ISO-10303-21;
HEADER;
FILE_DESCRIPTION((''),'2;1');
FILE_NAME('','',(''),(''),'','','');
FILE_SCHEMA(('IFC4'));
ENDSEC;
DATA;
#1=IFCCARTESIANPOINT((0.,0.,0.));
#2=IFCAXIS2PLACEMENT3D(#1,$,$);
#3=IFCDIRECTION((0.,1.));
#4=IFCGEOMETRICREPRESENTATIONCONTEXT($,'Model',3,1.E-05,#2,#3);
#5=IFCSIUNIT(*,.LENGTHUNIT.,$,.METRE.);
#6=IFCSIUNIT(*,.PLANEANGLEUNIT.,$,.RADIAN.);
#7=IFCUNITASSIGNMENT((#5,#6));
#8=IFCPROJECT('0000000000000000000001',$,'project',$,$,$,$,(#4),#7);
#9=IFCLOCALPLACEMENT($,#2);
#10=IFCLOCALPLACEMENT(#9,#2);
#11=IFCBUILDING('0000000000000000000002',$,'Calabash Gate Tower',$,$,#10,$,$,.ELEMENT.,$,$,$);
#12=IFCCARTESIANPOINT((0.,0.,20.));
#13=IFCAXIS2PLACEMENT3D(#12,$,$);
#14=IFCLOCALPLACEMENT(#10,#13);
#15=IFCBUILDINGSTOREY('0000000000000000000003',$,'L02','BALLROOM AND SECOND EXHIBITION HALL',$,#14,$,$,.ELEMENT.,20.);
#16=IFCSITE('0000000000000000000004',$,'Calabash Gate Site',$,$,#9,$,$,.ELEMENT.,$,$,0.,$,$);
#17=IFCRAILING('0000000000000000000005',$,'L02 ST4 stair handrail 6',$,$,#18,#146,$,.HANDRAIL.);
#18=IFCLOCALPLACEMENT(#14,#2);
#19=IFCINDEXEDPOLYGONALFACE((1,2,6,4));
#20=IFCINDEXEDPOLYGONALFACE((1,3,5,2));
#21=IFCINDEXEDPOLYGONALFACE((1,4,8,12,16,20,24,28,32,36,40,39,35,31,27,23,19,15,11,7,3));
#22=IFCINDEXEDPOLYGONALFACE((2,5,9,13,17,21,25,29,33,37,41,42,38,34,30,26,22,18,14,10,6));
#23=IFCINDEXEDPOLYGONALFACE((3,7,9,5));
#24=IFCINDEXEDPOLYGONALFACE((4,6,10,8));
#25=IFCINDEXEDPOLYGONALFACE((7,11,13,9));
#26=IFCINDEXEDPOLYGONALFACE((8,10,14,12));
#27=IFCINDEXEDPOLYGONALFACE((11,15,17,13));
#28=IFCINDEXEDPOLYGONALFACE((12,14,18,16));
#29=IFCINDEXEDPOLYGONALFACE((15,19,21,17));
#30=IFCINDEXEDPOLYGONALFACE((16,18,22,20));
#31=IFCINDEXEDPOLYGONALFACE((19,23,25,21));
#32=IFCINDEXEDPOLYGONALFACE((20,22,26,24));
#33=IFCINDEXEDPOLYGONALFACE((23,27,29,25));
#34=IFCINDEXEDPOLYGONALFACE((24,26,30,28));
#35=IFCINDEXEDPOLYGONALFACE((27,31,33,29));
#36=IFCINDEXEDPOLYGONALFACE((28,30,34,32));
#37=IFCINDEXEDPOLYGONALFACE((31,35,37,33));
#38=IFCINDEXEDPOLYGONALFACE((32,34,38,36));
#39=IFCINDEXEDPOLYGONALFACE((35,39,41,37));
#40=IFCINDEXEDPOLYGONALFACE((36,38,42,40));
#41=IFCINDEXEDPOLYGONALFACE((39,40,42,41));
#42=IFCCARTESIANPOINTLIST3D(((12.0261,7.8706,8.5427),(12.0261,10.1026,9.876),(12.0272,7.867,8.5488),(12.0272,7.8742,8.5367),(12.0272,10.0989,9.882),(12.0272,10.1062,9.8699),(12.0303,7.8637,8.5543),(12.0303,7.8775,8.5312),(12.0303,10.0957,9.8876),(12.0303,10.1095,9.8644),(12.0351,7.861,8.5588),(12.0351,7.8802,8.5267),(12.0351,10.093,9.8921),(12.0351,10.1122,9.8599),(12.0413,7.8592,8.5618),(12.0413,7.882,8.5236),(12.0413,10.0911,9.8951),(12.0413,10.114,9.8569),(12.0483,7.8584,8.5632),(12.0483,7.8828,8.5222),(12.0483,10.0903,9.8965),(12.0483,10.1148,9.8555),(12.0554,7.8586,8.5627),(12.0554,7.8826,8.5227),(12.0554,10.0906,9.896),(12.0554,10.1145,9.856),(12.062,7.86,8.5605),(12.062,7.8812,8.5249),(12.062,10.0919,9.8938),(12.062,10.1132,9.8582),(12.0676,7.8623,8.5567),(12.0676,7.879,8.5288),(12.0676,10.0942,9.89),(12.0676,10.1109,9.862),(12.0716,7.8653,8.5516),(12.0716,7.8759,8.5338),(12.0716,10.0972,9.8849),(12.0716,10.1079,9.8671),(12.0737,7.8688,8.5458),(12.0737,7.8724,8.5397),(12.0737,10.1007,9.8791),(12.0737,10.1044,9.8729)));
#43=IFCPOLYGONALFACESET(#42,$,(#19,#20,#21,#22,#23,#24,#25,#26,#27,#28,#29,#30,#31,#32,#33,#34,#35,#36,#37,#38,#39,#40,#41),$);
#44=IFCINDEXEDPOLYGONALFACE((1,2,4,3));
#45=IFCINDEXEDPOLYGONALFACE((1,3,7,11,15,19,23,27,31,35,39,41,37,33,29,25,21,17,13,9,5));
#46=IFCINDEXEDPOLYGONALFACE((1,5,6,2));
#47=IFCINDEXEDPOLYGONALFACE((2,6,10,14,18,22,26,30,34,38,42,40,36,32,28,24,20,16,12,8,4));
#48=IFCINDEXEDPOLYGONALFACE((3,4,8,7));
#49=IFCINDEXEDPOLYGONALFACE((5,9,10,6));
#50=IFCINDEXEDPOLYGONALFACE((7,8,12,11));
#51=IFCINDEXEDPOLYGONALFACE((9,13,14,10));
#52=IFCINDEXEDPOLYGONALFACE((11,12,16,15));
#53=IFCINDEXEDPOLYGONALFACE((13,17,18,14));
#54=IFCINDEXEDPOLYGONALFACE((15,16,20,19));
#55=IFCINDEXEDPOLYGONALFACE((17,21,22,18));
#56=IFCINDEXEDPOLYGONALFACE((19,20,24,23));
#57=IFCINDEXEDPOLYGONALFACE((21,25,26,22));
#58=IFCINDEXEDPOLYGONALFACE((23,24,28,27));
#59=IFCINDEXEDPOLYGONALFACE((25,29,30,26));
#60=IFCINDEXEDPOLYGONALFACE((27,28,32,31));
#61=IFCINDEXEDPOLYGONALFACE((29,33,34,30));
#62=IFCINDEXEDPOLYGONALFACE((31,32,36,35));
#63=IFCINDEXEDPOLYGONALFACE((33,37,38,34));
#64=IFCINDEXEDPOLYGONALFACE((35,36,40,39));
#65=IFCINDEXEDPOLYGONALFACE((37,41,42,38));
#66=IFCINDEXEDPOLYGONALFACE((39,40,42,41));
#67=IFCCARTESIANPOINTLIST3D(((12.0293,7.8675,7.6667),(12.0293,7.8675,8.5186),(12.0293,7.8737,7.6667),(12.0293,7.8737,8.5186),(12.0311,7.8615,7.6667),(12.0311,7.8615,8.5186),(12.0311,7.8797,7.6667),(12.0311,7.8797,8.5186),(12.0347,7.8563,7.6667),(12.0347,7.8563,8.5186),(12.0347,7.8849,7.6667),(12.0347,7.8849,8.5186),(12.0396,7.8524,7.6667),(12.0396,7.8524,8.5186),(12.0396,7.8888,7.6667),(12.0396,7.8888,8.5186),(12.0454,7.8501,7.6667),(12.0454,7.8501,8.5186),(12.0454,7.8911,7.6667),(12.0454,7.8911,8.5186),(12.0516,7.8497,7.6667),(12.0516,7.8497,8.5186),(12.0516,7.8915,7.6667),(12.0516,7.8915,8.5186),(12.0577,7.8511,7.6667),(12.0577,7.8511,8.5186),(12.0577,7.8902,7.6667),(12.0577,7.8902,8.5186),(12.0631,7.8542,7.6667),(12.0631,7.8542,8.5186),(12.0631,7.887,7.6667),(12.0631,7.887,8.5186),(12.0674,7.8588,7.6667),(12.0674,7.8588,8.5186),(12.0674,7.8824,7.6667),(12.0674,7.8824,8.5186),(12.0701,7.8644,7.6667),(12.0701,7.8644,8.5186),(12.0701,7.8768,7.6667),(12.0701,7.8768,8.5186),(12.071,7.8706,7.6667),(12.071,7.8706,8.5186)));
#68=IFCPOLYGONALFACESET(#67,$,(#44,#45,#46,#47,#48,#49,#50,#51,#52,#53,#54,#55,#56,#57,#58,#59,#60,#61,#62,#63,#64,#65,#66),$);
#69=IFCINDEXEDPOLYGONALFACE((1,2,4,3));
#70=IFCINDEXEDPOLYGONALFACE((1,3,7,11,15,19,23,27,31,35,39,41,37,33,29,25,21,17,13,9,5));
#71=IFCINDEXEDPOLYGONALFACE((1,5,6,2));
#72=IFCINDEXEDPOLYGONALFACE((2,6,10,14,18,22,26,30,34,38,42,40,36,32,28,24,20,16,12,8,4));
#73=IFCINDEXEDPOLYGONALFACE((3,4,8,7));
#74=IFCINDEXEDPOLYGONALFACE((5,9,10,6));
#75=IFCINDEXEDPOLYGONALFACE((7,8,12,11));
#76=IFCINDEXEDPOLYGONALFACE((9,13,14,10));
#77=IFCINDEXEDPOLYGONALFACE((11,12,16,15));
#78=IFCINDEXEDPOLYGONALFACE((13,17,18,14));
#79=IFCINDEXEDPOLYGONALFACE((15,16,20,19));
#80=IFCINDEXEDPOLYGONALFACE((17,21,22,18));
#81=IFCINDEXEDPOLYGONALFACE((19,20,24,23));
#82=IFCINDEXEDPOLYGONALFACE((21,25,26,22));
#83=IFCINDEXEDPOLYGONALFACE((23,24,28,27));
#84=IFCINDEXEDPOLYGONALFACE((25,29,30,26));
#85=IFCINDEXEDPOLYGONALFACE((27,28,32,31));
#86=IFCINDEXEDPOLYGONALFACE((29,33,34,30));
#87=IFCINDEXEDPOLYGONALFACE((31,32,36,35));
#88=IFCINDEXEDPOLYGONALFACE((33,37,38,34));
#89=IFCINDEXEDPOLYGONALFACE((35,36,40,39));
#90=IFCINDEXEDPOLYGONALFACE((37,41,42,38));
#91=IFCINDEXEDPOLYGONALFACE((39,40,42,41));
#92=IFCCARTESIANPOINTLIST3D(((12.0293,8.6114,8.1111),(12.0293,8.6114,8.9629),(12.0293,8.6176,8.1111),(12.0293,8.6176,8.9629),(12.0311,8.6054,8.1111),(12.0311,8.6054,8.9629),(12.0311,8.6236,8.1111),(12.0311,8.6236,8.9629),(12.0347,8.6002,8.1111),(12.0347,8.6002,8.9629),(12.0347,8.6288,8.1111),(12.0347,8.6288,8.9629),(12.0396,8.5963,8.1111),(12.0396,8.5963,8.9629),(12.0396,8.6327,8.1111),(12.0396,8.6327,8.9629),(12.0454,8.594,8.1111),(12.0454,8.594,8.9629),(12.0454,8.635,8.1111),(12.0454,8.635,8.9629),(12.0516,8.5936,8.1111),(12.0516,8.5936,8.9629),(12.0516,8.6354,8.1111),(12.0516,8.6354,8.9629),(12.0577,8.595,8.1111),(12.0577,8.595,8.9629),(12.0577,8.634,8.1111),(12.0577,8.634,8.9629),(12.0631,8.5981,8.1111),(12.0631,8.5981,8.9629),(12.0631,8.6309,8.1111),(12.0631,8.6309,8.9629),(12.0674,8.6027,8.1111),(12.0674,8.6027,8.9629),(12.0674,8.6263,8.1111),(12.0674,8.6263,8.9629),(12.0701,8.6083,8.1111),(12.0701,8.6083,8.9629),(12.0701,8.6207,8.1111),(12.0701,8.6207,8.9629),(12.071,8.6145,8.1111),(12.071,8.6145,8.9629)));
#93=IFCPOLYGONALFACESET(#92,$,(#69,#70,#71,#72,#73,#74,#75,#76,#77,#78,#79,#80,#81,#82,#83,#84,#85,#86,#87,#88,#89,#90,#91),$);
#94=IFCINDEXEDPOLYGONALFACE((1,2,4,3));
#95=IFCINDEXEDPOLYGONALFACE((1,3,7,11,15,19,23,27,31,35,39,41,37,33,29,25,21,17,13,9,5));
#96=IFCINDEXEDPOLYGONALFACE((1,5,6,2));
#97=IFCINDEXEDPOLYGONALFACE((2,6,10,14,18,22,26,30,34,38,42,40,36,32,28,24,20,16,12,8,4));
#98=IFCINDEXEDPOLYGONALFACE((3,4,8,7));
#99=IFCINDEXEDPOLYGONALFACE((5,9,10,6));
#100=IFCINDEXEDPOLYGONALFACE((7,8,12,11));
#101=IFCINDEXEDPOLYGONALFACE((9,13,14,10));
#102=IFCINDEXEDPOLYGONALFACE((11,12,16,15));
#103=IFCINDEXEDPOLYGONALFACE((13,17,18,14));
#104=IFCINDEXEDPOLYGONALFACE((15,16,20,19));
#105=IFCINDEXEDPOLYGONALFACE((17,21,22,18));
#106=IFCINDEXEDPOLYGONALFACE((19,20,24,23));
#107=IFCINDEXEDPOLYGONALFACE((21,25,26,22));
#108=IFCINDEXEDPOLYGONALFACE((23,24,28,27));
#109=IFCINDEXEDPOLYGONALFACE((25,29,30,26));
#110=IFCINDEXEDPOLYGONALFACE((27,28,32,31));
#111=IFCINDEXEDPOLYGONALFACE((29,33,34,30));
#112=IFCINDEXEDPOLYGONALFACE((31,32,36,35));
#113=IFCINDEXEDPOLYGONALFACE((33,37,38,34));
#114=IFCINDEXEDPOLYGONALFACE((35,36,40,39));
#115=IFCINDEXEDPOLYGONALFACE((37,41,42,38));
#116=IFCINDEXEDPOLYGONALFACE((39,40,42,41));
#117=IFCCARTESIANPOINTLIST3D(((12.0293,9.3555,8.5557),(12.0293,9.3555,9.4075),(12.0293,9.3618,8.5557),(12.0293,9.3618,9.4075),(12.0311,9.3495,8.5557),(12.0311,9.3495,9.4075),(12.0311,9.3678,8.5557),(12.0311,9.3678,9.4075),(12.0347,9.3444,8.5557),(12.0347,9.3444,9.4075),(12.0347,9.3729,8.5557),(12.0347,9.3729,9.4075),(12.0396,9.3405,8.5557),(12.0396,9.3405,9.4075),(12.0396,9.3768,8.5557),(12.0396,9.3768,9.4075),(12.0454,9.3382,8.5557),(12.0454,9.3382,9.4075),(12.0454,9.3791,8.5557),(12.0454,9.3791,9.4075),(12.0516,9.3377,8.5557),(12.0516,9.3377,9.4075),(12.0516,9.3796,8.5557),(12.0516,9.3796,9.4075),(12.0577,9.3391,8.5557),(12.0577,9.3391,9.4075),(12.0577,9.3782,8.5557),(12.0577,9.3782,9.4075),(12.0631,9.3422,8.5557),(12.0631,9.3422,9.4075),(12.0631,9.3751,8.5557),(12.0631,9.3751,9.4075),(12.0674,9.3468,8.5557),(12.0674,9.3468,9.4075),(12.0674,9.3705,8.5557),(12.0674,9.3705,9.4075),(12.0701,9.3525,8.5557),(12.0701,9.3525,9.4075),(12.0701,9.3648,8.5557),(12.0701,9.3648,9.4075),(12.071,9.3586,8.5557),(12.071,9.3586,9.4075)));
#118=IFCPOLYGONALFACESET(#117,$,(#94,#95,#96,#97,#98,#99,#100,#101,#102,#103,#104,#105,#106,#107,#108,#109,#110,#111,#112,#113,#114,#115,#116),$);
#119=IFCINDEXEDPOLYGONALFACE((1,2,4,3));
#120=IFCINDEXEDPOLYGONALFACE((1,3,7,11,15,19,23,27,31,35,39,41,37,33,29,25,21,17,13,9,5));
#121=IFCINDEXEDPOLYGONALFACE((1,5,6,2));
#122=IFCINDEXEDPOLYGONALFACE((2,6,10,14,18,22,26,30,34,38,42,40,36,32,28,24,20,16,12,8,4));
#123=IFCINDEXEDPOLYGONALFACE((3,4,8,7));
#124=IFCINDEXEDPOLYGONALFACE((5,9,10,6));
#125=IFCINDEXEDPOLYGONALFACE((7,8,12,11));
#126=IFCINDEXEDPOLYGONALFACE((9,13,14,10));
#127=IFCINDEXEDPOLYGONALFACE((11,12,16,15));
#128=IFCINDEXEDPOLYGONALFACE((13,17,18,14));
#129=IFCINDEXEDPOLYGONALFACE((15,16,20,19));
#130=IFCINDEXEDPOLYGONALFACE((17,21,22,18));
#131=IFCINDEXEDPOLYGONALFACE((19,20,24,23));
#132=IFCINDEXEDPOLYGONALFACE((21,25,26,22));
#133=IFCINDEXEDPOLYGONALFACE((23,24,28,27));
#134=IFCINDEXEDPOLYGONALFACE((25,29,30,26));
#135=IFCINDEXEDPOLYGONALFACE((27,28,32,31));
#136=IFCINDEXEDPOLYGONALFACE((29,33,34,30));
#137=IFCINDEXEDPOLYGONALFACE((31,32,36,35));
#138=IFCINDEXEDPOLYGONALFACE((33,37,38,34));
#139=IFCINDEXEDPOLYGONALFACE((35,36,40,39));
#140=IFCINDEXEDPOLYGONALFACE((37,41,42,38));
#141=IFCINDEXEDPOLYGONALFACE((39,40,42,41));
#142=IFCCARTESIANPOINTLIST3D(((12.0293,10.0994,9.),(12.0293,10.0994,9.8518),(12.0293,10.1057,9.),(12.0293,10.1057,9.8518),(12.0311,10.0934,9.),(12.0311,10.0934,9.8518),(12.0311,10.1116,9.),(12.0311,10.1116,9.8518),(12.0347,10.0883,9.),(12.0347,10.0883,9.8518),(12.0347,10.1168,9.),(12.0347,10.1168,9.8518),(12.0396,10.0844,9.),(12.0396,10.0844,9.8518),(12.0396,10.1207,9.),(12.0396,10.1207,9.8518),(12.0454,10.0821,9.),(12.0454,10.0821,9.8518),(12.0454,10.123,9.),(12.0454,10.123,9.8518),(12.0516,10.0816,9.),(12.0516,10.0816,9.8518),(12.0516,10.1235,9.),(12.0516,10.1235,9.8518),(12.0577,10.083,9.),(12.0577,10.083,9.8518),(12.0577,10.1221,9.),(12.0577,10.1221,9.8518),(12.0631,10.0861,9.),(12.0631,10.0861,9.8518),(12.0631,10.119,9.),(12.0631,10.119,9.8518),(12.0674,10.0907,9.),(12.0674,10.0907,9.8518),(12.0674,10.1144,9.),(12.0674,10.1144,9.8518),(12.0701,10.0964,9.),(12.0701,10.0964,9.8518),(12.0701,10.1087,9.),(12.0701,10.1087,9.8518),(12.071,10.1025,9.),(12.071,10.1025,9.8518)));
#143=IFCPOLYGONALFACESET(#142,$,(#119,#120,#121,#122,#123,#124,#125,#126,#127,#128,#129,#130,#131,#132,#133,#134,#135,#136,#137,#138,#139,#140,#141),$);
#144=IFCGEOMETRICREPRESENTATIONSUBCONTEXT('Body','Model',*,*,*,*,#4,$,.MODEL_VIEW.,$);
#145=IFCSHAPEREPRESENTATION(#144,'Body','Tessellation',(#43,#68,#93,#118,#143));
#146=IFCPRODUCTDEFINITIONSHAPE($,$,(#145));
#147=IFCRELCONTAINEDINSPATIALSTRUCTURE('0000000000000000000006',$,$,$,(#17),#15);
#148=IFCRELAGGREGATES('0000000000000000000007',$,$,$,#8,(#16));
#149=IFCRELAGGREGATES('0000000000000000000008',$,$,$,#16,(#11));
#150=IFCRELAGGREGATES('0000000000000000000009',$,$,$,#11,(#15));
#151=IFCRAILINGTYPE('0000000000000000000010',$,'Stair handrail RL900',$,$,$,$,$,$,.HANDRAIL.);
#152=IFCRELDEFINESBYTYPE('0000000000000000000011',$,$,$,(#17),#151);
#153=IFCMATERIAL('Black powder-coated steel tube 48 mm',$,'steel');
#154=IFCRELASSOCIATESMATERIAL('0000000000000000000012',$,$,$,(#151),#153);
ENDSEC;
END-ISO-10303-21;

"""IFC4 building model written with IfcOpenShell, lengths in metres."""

from ifc_helpers import new_model, si_unit, direction, frame, origin, origin_2d, place, context, subcontext, project, spatial, circle, extrude, material, type_object, element, save


model = new_model("IFC4")

# Units and contexts
model_context = context("Model", 3, precision=1e-05, world=origin(), true_north=direction((0.0, 1.0)))
body_context = subcontext(model_context, "Body", "Model", "MODEL_VIEW")
ifc_project = project(units=[si_unit("LENGTHUNIT", "METRE"), si_unit("PLANEANGLEUNIT", "RADIAN")], contexts=[model_context])

# Site, building, storey
site_placement = place(None, origin())
site = spatial("IfcSite", under=ifc_project, at=site_placement, Name="Calabash Gate Site", CompositionType="ELEMENT", RefElevation=0.0)
building_placement = place(site_placement, origin())
building = spatial("IfcBuilding", under=site, at=building_placement, Name="Calabash Gate Tower", CompositionType="ELEMENT")
storey_placement = place(building_placement, frame((0.0, 0.0, 20.0)))
storey = spatial("IfcBuildingStorey", under=building, at=storey_placement, Name="L02", Description="BALLROOM AND SECOND EXHIBITION HALL", CompositionType="ELEMENT", Elevation=20.0)

# Railing
ifc_material_1 = material(Name="Black powder-coated steel tube 48 mm", Category="steel")
railing_type_1 = type_object("IfcRailingType", Name="Stair handrail RL900", PredefinedType="HANDRAIL", material=ifc_material_1)
railing_1_placement = place(storey_placement, frame((12.05, 7.8706, 7.6667)))
element("IfcRailing", 1, at=railing_1_placement, inside=storey, type_object=railing_type_1, Name="L02 ST4 stair handrail 6", PredefinedType="HANDRAIL", context=body_context, shape_type="SweptSolid", body=[
    extrude(circle(Radius=0.0239, at=origin_2d()), frame((0.0, 0.0, 0.876), z_axis=(0.0, 0.858494, 0.512824), x_axis=(-1.0, 0.0, 0.0)), (0.0, 0.0, 1.0), 2.5999),
    extrude(circle(Radius=0.021, at=origin_2d()), origin(), (0.0, 0.0, 1.0), 0.8518),
    extrude(circle(Radius=0.021, at=origin_2d()), frame((0.0, 0.7439, 0.4443)), (0.0, 0.0, 1.0), 0.8518),
    extrude(circle(Radius=0.021, at=origin_2d()), frame((0.0, 1.488, 0.8889)), (0.0, 0.0, 1.0), 0.8518),
    extrude(circle(Radius=0.021, at=origin_2d()), frame((0.0, 2.2319, 1.3333)), (0.0, 0.0, 1.0), 0.8518),
])

save(model, "model.ifc")
